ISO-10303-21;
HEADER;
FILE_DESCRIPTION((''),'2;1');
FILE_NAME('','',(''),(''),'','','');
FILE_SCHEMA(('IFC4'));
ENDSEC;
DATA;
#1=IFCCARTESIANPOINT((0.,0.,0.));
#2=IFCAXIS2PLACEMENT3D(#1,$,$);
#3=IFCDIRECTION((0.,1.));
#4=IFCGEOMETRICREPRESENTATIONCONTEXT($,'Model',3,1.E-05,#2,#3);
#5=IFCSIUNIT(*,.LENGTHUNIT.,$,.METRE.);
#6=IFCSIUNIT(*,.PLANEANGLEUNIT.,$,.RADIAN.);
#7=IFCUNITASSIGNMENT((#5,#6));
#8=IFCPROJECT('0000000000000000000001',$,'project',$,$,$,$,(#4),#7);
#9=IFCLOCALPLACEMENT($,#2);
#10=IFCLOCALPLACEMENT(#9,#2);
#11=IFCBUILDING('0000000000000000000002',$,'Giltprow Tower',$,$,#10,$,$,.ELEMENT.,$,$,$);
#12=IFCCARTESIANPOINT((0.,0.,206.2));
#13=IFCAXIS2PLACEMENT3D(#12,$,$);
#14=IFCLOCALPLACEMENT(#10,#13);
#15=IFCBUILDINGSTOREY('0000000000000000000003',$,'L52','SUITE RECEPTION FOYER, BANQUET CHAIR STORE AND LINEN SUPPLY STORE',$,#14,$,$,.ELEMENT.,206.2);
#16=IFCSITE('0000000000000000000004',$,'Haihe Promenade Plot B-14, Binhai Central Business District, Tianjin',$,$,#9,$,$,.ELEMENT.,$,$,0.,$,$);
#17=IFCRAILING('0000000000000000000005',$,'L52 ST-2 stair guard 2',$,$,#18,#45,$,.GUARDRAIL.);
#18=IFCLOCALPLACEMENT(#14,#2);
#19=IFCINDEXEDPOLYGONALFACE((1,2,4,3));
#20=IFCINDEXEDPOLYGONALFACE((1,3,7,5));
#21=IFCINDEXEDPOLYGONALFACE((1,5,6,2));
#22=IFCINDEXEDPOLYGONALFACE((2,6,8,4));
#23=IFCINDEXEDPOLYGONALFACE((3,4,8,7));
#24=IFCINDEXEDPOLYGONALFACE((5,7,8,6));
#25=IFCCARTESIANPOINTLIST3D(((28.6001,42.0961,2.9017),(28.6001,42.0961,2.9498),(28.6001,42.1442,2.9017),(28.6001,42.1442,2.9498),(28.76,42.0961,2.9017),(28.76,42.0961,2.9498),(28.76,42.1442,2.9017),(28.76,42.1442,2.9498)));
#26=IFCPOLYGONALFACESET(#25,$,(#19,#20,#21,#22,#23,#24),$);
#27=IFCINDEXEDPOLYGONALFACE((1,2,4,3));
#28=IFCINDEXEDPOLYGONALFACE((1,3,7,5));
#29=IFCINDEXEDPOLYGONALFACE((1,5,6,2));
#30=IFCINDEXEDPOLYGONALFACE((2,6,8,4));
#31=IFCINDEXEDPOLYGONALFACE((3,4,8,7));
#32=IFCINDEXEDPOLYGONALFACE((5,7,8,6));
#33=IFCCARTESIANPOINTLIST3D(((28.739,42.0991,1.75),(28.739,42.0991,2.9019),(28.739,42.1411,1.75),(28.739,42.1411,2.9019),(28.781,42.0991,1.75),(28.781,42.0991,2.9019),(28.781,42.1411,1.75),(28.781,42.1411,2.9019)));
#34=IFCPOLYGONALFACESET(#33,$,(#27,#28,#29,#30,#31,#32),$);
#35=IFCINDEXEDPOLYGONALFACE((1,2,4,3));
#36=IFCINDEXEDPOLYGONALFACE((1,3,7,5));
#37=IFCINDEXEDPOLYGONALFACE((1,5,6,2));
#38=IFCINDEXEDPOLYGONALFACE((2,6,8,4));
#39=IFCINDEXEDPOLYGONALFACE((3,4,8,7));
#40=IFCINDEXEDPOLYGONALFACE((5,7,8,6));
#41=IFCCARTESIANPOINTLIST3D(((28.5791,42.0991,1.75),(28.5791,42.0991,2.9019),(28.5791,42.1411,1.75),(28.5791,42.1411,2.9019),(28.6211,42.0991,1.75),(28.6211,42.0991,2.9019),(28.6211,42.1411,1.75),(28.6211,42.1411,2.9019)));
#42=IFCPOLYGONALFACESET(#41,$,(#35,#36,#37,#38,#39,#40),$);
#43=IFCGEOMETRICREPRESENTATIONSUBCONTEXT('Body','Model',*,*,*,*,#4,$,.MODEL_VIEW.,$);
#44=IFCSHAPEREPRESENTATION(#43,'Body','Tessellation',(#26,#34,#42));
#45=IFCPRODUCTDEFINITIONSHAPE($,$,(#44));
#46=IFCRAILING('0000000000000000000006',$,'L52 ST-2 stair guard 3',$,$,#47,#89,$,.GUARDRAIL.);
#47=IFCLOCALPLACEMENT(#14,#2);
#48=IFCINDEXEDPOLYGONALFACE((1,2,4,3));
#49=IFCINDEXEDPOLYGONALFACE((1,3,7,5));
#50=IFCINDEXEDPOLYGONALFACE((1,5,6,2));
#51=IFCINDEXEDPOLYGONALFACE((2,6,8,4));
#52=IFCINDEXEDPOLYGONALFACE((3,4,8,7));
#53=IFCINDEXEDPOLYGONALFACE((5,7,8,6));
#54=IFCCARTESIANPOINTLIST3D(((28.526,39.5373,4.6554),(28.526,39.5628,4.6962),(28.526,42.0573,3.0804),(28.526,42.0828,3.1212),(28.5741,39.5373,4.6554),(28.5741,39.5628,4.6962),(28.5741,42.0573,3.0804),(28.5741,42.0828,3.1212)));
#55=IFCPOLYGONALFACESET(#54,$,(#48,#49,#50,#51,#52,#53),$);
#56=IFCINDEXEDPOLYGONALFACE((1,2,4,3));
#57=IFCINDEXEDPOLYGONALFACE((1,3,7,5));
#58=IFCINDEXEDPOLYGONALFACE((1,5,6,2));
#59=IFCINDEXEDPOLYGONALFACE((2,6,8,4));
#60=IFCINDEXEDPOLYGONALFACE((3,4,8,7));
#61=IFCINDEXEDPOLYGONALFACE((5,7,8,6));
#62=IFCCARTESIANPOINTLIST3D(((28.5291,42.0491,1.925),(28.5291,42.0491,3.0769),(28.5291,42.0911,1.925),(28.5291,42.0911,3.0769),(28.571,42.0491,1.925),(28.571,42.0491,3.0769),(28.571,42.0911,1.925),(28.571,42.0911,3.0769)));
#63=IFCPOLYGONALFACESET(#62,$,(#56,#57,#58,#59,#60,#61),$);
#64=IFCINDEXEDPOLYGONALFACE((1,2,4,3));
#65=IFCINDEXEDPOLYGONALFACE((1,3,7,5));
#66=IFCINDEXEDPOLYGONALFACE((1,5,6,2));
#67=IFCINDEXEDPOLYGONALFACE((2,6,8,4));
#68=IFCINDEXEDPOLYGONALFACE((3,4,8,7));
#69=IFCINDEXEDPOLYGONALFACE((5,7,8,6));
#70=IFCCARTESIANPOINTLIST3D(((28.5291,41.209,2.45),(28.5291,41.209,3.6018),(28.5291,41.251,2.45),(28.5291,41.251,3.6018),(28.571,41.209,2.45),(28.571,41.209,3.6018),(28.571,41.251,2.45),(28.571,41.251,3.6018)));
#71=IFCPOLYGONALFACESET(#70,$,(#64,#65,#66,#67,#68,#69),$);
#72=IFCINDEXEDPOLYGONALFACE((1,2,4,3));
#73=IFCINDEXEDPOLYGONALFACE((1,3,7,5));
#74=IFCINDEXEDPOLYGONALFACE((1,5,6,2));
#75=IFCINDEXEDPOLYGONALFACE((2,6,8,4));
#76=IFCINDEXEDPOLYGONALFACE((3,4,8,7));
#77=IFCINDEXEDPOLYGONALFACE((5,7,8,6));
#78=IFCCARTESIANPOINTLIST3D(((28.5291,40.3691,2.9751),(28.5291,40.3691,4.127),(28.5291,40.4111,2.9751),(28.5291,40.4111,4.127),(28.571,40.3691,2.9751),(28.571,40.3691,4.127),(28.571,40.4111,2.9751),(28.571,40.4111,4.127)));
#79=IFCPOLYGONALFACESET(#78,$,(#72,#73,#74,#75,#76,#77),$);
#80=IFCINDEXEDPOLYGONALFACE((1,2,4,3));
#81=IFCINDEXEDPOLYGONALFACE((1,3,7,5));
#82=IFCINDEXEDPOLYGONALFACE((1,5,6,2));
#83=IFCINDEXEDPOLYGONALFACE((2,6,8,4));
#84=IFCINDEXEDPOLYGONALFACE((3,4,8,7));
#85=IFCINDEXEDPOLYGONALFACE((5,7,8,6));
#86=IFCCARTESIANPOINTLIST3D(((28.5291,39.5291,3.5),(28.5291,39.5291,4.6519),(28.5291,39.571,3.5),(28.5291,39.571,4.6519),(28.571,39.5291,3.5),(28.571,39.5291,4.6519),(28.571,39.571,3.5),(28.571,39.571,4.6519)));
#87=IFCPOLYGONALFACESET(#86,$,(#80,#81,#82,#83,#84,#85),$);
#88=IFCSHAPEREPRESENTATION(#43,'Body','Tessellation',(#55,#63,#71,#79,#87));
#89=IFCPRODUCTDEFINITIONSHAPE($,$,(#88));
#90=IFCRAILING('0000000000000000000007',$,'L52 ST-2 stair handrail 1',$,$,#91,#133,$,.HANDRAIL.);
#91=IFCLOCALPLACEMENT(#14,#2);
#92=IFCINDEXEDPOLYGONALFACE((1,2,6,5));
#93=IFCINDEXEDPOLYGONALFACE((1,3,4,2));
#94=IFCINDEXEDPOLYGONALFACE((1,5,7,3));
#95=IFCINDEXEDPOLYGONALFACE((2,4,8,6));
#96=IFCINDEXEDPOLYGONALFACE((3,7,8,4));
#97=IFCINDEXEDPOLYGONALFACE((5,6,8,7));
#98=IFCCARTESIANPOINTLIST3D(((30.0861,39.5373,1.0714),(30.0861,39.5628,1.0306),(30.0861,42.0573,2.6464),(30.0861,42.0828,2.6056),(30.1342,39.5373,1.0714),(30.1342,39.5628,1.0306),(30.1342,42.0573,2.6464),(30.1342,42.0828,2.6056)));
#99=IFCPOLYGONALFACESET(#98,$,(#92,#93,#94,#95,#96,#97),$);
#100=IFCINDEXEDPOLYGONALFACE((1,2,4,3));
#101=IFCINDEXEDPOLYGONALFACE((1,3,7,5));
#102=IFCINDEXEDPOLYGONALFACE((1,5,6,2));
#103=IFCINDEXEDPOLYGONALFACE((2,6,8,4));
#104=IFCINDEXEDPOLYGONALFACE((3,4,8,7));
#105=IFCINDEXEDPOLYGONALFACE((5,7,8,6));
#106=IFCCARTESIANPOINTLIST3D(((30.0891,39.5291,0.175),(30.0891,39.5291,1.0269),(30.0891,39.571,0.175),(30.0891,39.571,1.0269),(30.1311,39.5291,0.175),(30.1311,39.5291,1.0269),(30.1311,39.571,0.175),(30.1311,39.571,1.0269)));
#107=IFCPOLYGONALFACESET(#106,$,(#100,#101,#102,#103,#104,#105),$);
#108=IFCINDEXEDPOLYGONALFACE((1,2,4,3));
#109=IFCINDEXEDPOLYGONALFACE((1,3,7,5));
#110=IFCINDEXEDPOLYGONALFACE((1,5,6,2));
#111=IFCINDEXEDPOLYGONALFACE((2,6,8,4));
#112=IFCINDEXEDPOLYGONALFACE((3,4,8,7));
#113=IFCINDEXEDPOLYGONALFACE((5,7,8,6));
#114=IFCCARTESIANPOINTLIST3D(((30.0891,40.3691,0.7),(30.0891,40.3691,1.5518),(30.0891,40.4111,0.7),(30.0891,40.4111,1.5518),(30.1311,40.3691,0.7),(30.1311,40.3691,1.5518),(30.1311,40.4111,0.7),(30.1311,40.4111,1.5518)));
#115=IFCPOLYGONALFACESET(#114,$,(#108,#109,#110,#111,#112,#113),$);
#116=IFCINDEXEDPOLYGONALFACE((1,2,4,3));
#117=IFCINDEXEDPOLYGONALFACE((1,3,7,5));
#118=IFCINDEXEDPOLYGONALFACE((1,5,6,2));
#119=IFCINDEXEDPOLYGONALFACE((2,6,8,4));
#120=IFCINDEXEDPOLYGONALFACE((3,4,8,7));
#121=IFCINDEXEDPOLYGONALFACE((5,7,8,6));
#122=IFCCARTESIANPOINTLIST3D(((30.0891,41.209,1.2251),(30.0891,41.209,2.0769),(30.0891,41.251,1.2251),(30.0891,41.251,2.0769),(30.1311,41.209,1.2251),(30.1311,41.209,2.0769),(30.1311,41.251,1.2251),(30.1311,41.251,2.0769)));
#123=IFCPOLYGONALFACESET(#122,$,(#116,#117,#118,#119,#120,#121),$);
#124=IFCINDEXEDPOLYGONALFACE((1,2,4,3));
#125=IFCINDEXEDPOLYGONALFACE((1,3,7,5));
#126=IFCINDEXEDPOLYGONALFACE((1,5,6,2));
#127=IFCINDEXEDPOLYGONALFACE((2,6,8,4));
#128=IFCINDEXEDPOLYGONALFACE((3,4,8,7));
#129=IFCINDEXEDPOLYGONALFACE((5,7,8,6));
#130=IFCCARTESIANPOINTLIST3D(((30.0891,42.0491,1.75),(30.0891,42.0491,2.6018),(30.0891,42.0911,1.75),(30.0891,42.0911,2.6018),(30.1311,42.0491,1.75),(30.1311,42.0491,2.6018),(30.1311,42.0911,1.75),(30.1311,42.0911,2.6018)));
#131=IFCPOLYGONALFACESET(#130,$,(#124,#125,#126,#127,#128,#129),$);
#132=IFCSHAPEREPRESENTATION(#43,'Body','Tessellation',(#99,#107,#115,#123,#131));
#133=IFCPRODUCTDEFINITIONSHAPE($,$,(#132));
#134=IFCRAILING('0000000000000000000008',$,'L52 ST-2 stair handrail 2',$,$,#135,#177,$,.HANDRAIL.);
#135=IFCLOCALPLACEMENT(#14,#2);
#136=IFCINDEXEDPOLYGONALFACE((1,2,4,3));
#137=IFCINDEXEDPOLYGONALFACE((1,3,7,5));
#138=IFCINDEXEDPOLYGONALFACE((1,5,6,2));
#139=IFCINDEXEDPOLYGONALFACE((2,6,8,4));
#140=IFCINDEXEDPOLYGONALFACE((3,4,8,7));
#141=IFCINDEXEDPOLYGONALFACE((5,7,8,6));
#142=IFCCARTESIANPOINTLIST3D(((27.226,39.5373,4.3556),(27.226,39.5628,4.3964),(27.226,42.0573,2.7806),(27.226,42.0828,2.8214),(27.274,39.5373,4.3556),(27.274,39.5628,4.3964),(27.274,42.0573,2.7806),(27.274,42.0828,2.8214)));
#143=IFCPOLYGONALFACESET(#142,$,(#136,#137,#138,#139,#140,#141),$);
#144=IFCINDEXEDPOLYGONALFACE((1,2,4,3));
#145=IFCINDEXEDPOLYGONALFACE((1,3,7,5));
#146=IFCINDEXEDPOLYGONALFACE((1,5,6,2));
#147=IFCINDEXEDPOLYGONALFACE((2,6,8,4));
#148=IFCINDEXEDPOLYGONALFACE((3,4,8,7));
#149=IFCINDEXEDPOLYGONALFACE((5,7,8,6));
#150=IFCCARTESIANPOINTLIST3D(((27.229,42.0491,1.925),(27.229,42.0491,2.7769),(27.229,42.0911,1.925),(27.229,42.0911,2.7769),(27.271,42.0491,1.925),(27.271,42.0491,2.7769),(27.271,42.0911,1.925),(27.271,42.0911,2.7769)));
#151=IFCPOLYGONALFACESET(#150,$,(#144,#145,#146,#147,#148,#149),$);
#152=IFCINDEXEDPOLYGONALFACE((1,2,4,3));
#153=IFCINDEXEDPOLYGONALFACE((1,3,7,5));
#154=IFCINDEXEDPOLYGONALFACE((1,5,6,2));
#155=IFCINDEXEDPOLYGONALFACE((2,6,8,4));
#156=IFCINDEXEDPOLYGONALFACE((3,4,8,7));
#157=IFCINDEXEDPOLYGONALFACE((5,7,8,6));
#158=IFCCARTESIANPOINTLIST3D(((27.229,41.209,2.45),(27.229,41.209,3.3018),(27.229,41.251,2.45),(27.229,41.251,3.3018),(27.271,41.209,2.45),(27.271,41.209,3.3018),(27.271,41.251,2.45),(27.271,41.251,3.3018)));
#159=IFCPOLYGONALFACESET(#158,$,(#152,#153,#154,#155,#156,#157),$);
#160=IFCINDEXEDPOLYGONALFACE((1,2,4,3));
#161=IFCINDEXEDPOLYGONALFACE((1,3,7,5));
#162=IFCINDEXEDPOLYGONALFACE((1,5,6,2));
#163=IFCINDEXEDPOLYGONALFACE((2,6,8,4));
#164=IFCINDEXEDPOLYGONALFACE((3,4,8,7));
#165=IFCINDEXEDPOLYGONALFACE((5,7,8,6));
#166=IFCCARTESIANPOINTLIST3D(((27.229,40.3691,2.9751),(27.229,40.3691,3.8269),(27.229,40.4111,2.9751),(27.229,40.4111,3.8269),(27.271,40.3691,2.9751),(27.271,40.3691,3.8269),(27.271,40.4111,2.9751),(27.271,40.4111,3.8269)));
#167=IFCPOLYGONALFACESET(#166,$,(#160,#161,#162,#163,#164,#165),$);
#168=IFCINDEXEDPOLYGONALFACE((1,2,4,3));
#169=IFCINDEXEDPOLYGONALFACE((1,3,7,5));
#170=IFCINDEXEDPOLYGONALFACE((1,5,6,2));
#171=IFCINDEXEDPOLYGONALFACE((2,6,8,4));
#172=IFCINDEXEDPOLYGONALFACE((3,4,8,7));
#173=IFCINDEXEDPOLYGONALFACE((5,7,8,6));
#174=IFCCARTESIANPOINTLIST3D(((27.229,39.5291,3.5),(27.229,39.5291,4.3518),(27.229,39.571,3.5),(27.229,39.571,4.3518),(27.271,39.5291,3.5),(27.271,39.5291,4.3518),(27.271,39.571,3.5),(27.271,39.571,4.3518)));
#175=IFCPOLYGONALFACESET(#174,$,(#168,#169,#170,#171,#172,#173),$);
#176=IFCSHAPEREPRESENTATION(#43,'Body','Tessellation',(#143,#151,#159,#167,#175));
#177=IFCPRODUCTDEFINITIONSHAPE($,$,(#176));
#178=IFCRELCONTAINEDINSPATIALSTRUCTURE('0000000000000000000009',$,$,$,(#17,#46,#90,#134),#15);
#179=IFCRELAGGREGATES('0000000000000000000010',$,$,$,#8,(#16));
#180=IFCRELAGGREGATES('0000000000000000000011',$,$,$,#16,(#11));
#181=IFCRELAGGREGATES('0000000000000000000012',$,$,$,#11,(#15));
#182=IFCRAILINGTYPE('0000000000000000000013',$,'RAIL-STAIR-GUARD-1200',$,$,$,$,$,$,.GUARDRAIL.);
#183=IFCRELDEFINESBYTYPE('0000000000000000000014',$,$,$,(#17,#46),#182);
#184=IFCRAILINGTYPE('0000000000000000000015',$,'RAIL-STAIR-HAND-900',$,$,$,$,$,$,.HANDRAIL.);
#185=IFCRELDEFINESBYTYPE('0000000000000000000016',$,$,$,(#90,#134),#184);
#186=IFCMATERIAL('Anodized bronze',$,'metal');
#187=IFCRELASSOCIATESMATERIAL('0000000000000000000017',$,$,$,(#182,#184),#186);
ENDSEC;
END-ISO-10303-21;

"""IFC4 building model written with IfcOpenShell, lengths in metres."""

from ifc_helpers import new_model, si_unit, direction, frame, origin, origin_2d, place, context, subcontext, project, spatial, rectangle, extrude, material, type_object, element, save


model = new_model("IFC4")

# Units and contexts
model_context = context("Model", 3, precision=1e-05, world=origin(), true_north=direction((0.0, 1.0)))
body_context = subcontext(model_context, "Body", "Model", "MODEL_VIEW")
ifc_project = project(units=[si_unit("LENGTHUNIT", "METRE"), si_unit("PLANEANGLEUNIT", "RADIAN")], contexts=[model_context])

# Site, building, storey
site_placement = place(None, origin())
site = spatial("IfcSite", under=ifc_project, at=site_placement, Name="Haihe Promenade Plot B-14, Binhai Central Business District, Tianjin", CompositionType="ELEMENT", RefElevation=0.0)
building_placement = place(site_placement, origin())
building = spatial("IfcBuilding", under=site, at=building_placement, Name="Giltprow Tower", CompositionType="ELEMENT")
storey_placement = place(building_placement, frame((0.0, 0.0, 206.2)))
storey = spatial("IfcBuildingStorey", under=building, at=storey_placement, Name="L52", Description="SUITE RECEPTION FOYER, BANQUET CHAIR STORE AND LINEN SUPPLY STORE", CompositionType="ELEMENT", Elevation=206.2)

# Railings
ifc_material_1 = material(Name="Anodized bronze", Category="metal")
railing_type_1 = type_object("IfcRailingType", Name="RAIL-STAIR-GUARD-1200", PredefinedType="GUARDRAIL", material=ifc_material_1)
railing_1_placement = place(storey_placement, frame((28.76, 42.1201, 1.75)))
element("IfcRailing", 1, at=railing_1_placement, inside=storey, type_object=railing_type_1, Name="L52 ST-2 stair guard 2", PredefinedType="GUARDRAIL", context=body_context, shape_type="SweptSolid", body=[
    extrude(rectangle(XDim=0.0481, YDim=0.0481, at=origin_2d()), frame((0.0, 0.0, 1.1758), z_axis=(-1.0, 0.0, 0.0), x_axis=(0.0, -1.0, 0.0)), (0.0, 0.0, 1.0), 0.1599),
    extrude(rectangle(XDim=0.042, YDim=0.042, at=origin_2d()), origin(), (0.0, 0.0, 1.0), 1.1519),
    extrude(rectangle(XDim=0.042, YDim=0.042, at=origin_2d()), frame((-0.1599, 0.0, 0.0)), (0.0, 0.0, 1.0), 1.1519),
])
railing_2_placement = place(storey_placement, frame((28.55, 42.0701, 1.925)))
element("IfcRailing", 2, at=railing_2_placement, inside=storey, type_object=railing_type_1, Name="L52 ST-2 stair guard 3", PredefinedType="GUARDRAIL", context=body_context, shape_type="SweptSolid", body=[
    extrude(rectangle(XDim=0.0481, YDim=0.0481, at=origin_2d()), frame((0.0, 0.0, 1.1758), z_axis=(0.0, -0.848008, 0.529984), x_axis=(1.0, 0.0, 0.0)), (0.0, 0.0, 1.0), 2.9717),
    extrude(rectangle(XDim=0.042, YDim=0.042, at=origin_2d()), origin(), (0.0, 0.0, 1.0), 1.1519),
    extrude(rectangle(XDim=0.042, YDim=0.042, at=origin_2d()), frame((0.0, -0.8401, 0.5249)), (0.0, 0.0, 1.0), 1.1519),
    extrude(rectangle(XDim=0.042, YDim=0.042, at=origin_2d()), frame((0.0, -1.6799, 1.05)), (0.0, 0.0, 1.0), 1.1519),
    extrude(rectangle(XDim=0.042, YDim=0.042, at=origin_2d()), frame((0.0, -2.52, 1.575)), (0.0, 0.0, 1.0), 1.1519),
])
railing_type_2 = type_object("IfcRailingType", Name="RAIL-STAIR-HAND-900", PredefinedType="HANDRAIL", material=ifc_material_1)
railing_3_placement = place(storey_placement, frame((30.1101, 39.55, 0.175)))
element("IfcRailing", 3, at=railing_3_placement, inside=storey, type_object=railing_type_2, Name="L52 ST-2 stair handrail 1", PredefinedType="HANDRAIL", context=body_context, shape_type="SweptSolid", body=[
    extrude(rectangle(XDim=0.0481, YDim=0.0481, at=origin_2d()), frame((0.0, 0.0, 0.876), z_axis=(0.0, 0.848008, 0.529984), x_axis=(-1.0, 0.0, 0.0)), (0.0, 0.0, 1.0), 2.9717),
    extrude(rectangle(XDim=0.042, YDim=0.042, at=origin_2d()), origin(), (0.0, 0.0, 1.0), 0.8518),
    extrude(rectangle(XDim=0.042, YDim=0.042, at=origin_2d()), frame((0.0, 0.8401, 0.5249)), (0.0, 0.0, 1.0), 0.8518),
    extrude(rectangle(XDim=0.042, YDim=0.042, at=origin_2d()), frame((0.0, 1.6799, 1.05)), (0.0, 0.0, 1.0), 0.8518),
    extrude(rectangle(XDim=0.042, YDim=0.042, at=origin_2d()), frame((0.0, 2.52, 1.575)), (0.0, 0.0, 1.0), 0.8518),
])
railing_4_placement = place(storey_placement, frame((27.25, 42.0701, 1.925)))
element("IfcRailing", 4, at=railing_4_placement, inside=storey, type_object=railing_type_2, Name="L52 ST-2 stair handrail 2", PredefinedType="HANDRAIL", context=body_context, shape_type="SweptSolid", body=[
    extrude(rectangle(XDim=0.0481, YDim=0.0481, at=origin_2d()), frame((0.0, 0.0, 0.876), z_axis=(0.0, -0.848008, 0.529984), x_axis=(1.0, 0.0, 0.0)), (0.0, 0.0, 1.0), 2.9717),
    extrude(rectangle(XDim=0.042, YDim=0.042, at=origin_2d()), origin(), (0.0, 0.0, 1.0), 0.8518),
    extrude(rectangle(XDim=0.042, YDim=0.042, at=origin_2d()), frame((0.0, -0.8401, 0.5249)), (0.0, 0.0, 1.0), 0.8518),
    extrude(rectangle(XDim=0.042, YDim=0.042, at=origin_2d()), frame((0.0, -1.6799, 1.05)), (0.0, 0.0, 1.0), 0.8518),
    extrude(rectangle(XDim=0.042, YDim=0.042, at=origin_2d()), frame((0.0, -2.52, 1.575)), (0.0, 0.0, 1.0), 0.8518),
])

save(model, "model.ifc")
